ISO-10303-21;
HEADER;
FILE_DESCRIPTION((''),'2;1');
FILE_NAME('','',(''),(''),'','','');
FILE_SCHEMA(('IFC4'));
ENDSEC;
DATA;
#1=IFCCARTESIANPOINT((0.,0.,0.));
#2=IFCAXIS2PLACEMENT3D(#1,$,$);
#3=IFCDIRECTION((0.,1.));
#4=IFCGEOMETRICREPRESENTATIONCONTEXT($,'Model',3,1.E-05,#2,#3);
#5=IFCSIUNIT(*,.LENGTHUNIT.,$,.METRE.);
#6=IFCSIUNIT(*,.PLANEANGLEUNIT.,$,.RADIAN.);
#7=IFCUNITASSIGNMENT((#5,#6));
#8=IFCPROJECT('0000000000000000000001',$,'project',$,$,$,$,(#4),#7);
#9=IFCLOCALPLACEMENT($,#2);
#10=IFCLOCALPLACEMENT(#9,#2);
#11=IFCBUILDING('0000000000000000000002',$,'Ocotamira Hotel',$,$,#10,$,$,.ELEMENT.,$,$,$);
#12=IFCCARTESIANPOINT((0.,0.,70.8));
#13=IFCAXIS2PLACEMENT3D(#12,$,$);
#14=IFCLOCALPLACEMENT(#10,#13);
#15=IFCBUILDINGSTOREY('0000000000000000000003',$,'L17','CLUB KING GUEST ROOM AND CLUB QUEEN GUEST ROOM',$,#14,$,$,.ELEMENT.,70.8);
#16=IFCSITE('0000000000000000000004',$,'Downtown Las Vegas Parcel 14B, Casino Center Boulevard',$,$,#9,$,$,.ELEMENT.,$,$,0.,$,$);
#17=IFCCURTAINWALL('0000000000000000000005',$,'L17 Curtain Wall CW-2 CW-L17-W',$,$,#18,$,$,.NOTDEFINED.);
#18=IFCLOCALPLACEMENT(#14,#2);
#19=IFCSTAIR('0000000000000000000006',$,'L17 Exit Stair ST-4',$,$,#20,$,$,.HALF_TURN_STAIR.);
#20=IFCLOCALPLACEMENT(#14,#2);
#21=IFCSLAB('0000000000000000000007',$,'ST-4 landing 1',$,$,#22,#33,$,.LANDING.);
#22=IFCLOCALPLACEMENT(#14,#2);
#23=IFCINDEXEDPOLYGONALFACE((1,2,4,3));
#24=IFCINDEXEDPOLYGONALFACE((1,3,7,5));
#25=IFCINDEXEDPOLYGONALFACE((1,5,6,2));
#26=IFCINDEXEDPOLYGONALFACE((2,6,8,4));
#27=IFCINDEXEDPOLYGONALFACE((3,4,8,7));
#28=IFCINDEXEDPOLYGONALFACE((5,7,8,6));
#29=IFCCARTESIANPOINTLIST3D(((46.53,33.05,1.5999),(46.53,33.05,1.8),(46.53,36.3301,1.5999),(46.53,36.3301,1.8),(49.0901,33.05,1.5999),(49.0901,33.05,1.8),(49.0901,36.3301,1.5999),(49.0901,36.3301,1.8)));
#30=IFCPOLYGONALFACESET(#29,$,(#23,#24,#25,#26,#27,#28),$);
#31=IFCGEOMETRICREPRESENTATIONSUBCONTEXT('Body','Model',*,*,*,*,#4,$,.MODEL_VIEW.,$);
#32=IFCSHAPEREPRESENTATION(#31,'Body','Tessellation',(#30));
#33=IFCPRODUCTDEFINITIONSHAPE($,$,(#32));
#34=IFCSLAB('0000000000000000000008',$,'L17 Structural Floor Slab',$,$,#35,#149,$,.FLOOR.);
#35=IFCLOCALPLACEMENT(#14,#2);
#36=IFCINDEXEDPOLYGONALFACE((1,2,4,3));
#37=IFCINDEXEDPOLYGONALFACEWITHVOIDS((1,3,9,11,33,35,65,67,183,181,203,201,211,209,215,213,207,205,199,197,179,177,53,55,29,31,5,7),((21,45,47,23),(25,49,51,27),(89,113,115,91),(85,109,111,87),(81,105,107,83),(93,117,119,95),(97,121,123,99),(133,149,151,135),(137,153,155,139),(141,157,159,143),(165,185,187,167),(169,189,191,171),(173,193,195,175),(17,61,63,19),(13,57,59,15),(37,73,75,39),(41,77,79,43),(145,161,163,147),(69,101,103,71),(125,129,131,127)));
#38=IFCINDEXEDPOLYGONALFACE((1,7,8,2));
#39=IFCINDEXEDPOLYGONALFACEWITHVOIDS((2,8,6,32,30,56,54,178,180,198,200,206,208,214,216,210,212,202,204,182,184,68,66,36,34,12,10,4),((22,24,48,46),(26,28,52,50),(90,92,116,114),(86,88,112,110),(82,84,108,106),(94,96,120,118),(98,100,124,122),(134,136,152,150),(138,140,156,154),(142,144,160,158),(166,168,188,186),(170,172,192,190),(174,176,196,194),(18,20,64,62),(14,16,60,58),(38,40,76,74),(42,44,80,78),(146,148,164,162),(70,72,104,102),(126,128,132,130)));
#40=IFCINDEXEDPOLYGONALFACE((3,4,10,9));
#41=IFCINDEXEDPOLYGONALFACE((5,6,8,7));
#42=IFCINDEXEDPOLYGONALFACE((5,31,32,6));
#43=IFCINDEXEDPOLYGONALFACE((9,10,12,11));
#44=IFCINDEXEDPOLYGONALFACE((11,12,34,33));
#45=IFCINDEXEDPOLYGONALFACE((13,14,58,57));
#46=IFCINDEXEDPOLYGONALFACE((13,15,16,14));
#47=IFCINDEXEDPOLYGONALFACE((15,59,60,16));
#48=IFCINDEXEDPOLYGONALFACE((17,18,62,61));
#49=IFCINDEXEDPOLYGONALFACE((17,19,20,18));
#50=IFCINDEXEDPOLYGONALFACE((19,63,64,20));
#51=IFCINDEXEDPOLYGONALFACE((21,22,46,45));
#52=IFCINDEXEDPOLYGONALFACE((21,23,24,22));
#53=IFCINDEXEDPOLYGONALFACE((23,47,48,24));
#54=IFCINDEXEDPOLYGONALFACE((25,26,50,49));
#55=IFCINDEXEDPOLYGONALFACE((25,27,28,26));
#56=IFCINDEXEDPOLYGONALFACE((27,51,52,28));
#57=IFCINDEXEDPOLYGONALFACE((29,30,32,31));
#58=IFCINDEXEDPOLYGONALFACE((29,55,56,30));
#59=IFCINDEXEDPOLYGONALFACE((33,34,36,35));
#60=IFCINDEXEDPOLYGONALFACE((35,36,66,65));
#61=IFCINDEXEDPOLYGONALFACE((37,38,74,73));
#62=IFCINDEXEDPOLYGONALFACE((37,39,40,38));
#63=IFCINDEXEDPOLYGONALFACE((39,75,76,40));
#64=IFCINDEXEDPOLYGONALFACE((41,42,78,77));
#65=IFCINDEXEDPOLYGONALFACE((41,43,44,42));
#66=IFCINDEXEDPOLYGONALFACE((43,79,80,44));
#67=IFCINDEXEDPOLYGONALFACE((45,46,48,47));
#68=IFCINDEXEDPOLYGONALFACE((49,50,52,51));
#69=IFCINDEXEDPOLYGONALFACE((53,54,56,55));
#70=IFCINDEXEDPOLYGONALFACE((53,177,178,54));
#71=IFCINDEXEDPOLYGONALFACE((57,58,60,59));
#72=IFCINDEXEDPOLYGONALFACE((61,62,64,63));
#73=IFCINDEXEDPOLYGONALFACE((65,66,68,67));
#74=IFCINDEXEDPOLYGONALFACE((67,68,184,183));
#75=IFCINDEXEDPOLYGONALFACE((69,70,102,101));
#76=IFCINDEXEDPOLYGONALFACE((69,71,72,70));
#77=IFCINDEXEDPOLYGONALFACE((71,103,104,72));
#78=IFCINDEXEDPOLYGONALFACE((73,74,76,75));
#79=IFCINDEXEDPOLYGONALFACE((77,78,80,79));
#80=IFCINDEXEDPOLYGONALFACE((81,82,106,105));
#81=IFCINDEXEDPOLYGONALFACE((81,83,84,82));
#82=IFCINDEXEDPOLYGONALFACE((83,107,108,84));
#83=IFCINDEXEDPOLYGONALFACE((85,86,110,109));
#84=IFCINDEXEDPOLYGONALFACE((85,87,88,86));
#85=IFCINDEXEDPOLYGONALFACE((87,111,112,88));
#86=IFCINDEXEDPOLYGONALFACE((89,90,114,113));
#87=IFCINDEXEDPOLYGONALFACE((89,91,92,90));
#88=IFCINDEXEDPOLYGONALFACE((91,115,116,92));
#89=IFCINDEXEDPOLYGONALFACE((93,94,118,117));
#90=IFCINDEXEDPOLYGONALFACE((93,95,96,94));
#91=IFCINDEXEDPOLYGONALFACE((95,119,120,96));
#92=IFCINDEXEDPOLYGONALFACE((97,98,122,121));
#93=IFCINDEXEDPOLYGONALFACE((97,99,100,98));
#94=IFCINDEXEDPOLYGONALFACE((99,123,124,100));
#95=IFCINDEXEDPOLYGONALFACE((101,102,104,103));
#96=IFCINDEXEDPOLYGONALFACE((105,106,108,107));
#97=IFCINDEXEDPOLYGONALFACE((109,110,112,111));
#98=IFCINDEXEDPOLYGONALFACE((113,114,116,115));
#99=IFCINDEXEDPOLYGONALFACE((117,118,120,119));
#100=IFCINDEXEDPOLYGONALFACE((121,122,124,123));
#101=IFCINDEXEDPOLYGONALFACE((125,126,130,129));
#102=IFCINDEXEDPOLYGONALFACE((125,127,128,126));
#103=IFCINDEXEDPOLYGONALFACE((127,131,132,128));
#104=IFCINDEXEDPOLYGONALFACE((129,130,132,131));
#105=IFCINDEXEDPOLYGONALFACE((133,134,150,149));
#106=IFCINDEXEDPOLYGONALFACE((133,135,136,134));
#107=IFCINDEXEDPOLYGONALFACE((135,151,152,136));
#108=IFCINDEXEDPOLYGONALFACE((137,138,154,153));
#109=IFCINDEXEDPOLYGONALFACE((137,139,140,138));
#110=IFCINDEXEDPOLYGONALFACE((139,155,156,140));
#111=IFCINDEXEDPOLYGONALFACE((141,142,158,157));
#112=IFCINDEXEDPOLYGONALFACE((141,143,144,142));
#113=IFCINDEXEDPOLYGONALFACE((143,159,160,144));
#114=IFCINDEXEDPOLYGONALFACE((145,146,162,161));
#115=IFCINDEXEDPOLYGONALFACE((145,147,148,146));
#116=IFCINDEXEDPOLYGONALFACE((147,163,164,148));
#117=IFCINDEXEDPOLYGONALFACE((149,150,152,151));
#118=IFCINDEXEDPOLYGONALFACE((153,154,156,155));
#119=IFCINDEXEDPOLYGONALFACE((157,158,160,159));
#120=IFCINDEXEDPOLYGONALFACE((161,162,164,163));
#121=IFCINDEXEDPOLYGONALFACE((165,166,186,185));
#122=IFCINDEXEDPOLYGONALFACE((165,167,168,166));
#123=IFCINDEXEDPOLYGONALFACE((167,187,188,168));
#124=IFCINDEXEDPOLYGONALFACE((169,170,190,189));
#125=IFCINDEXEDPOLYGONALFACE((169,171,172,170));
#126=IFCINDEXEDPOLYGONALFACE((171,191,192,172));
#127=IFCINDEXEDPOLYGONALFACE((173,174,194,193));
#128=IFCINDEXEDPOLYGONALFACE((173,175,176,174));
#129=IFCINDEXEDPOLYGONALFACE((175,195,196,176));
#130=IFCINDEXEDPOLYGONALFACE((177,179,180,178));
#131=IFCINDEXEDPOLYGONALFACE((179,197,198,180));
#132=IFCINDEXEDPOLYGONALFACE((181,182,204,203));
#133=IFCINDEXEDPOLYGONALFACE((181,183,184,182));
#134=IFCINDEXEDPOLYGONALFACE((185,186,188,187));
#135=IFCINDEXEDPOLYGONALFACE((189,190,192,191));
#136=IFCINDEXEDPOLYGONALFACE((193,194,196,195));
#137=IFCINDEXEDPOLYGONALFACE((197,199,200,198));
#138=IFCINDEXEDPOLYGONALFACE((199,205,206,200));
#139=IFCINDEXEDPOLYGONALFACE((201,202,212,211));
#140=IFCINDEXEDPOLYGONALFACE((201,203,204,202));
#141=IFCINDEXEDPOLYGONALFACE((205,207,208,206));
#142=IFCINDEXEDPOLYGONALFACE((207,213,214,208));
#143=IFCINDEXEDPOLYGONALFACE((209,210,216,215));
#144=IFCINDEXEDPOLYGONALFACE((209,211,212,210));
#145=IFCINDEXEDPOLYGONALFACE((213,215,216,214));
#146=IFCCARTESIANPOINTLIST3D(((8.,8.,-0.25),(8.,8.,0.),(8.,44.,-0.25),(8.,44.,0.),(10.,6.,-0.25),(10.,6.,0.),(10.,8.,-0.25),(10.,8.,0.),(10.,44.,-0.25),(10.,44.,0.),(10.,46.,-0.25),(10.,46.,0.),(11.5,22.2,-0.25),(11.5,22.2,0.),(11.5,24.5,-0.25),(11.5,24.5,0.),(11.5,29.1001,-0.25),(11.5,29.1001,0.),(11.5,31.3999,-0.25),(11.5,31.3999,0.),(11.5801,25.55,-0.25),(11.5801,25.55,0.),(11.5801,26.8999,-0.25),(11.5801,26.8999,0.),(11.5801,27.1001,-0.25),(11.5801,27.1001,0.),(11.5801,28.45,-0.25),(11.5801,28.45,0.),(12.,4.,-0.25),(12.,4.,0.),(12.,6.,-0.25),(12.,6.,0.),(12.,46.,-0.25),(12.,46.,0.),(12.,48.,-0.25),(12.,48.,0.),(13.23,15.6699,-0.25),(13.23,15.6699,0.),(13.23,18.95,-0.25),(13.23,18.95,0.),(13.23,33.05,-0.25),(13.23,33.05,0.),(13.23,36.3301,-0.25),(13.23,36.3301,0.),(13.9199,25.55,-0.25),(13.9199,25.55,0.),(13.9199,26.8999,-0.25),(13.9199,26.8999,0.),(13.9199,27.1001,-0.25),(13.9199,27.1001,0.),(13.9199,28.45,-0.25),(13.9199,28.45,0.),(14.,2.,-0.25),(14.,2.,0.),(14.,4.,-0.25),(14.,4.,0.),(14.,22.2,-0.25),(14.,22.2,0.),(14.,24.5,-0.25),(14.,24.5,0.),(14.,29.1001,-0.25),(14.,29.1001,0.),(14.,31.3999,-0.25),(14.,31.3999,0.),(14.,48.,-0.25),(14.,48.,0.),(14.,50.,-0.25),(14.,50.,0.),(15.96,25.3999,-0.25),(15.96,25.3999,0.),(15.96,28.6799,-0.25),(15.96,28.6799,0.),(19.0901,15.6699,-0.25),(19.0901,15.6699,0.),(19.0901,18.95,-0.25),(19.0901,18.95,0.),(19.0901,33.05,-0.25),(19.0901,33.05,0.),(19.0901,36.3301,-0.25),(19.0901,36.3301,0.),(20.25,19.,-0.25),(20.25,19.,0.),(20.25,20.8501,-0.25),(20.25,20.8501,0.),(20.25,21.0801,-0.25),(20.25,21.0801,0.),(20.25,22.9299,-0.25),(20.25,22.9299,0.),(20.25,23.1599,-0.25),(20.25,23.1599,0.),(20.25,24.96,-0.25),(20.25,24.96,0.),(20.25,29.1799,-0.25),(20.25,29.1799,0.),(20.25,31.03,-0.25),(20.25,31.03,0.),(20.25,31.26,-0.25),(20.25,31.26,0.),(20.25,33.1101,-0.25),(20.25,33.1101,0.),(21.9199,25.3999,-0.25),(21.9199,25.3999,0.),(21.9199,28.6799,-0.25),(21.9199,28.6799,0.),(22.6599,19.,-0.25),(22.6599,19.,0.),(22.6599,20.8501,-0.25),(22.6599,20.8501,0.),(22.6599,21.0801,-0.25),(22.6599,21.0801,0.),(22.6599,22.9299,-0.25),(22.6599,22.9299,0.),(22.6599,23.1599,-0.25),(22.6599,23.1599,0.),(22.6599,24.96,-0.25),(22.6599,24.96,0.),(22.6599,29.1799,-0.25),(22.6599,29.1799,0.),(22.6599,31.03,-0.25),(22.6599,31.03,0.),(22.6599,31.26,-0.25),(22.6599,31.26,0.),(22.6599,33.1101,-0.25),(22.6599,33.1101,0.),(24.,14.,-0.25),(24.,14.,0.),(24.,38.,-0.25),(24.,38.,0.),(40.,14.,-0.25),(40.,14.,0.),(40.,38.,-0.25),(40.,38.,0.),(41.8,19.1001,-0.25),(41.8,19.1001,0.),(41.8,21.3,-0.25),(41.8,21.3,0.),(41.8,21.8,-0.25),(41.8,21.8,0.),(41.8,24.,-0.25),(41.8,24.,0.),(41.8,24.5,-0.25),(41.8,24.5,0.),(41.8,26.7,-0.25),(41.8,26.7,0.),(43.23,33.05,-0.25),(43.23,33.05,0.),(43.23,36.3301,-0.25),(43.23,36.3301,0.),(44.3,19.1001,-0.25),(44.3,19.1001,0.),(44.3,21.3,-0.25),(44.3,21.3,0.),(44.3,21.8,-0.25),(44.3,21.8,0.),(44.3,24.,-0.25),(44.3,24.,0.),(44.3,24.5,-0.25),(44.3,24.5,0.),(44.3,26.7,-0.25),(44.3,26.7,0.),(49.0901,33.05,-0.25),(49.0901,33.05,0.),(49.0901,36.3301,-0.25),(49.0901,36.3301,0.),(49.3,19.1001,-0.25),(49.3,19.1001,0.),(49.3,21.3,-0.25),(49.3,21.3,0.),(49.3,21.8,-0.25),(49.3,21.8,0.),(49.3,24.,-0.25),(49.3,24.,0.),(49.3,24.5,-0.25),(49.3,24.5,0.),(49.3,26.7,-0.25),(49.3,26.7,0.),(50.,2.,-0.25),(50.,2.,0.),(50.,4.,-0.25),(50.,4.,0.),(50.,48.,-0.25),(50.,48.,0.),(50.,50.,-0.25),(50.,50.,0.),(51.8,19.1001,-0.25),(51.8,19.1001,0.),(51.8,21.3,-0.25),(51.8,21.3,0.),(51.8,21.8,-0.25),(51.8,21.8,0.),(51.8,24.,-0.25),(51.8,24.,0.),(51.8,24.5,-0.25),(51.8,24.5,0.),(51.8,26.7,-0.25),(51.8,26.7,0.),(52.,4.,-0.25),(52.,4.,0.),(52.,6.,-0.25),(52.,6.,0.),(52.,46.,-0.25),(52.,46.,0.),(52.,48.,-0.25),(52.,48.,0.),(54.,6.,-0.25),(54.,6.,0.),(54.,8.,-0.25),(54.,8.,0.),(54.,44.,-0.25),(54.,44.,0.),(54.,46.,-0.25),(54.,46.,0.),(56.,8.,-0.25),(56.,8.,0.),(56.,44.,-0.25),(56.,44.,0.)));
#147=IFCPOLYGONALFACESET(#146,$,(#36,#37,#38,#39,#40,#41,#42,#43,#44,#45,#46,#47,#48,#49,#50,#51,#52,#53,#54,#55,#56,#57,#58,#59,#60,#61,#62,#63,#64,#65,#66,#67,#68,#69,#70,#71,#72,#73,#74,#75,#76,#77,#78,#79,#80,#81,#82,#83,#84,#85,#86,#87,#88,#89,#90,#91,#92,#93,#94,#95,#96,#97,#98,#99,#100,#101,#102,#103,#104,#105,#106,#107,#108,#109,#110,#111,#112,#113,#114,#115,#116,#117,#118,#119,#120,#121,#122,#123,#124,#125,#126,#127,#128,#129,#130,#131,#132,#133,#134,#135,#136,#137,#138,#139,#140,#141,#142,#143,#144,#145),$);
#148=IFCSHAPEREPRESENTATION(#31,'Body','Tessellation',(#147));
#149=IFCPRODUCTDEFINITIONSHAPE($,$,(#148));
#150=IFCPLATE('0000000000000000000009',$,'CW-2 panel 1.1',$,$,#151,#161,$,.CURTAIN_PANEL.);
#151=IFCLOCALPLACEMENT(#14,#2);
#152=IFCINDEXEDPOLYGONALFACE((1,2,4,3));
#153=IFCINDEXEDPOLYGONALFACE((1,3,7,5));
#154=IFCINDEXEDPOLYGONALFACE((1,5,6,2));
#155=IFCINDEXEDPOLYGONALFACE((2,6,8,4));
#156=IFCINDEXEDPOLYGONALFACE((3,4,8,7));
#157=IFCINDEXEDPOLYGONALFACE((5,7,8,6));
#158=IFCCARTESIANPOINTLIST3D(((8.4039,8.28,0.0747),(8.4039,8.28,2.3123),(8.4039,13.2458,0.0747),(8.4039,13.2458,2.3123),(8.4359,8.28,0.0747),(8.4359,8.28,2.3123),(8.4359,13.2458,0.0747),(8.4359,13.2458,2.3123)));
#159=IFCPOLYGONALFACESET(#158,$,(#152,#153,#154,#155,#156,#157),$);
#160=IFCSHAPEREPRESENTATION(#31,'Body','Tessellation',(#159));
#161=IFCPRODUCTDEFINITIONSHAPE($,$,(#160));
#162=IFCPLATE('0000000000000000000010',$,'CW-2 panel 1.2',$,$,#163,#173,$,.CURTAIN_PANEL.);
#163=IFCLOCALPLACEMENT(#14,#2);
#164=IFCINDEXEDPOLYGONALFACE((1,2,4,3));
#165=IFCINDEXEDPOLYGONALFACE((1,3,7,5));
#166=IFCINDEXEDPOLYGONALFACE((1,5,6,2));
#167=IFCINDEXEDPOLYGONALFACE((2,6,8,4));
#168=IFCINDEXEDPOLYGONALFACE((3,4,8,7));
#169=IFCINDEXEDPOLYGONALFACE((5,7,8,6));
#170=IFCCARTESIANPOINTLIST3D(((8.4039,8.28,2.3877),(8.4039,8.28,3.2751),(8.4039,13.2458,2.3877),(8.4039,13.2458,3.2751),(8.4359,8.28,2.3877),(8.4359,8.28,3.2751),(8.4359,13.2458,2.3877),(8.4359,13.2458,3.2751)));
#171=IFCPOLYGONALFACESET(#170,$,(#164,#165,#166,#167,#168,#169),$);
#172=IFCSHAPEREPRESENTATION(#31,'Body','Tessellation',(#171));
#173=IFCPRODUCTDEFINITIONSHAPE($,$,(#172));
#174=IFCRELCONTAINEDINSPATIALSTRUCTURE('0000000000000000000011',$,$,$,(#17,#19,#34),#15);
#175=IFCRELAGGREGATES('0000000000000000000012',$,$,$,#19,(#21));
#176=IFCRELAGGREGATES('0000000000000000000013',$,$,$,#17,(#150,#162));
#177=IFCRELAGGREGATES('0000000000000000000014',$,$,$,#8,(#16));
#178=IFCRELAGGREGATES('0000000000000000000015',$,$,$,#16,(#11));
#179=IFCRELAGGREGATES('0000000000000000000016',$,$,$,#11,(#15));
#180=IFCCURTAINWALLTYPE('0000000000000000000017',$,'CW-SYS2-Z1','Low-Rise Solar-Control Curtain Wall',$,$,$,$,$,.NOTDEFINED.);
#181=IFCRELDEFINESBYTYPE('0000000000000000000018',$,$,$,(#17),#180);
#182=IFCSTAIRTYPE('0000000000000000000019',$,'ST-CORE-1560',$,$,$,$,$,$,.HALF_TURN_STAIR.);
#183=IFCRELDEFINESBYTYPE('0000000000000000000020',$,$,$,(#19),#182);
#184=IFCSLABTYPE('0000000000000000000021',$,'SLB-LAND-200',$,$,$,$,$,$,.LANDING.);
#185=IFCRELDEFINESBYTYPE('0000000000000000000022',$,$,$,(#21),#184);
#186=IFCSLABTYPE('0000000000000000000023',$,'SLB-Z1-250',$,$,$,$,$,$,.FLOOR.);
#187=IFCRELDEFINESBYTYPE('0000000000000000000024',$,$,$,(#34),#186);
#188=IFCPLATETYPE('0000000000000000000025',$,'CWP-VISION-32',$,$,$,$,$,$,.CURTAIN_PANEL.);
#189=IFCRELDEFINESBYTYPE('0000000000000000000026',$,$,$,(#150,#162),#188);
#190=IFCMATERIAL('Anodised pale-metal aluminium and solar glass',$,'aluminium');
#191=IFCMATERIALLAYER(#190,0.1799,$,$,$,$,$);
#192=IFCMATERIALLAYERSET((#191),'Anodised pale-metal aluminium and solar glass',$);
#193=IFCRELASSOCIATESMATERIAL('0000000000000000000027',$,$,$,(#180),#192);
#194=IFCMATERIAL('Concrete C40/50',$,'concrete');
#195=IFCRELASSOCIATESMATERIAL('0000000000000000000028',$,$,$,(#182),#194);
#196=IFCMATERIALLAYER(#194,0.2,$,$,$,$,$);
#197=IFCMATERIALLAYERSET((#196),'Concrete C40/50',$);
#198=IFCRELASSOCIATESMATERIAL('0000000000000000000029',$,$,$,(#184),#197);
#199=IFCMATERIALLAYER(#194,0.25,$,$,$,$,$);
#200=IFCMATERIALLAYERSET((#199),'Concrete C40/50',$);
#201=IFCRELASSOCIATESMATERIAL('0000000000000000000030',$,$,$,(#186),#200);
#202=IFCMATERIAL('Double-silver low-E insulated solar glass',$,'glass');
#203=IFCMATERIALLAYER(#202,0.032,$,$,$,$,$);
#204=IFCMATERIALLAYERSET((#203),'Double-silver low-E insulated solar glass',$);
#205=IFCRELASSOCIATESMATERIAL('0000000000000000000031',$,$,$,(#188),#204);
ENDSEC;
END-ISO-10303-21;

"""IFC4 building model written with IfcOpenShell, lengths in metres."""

from ifc_helpers import new_model, si_unit, direction, frame, origin, origin_2d, place, context, subcontext, project, spatial, polyline, rectangle, outline, extrude, source, transform, mapped, material, layer, layer_set, type_object, element, aggregate, save


model = new_model("IFC4")

# Units and contexts
model_context = context("Model", 3, precision=1e-05, world=origin(), true_north=direction((0.0, 1.0)))
body_context = subcontext(model_context, "Body", "Model", "MODEL_VIEW")
ifc_project = project(units=[si_unit("LENGTHUNIT", "METRE"), si_unit("PLANEANGLEUNIT", "RADIAN")], contexts=[model_context])

# Site, building, storey
site_placement = place(None, origin())
site = spatial("IfcSite", under=ifc_project, at=site_placement, Name="Downtown Las Vegas Parcel 14B, Casino Center Boulevard", CompositionType="ELEMENT", RefElevation=0.0)
building_placement = place(site_placement, origin())
building = spatial("IfcBuilding", under=site, at=building_placement, Name="Ocotamira Hotel", CompositionType="ELEMENT")
storey_placement = place(building_placement, frame((0.0, 0.0, 70.8)))
storey = spatial("IfcBuildingStorey", under=building, at=storey_placement, Name="L17", Description="CLUB KING GUEST ROOM AND CLUB QUEEN GUEST ROOM", CompositionType="ELEMENT", Elevation=70.8)

# Curtain wall
ifc_material_1 = material(Name="Anodised pale-metal aluminium and solar glass", Category="aluminium")
ifc_layer_1 = layer(ifc_material_1, 0.1799)
ifc_layer_set_1 = layer_set([ifc_layer_1], Name="Anodised pale-metal aluminium and solar glass")
curtain_wall_type = type_object("IfcCurtainWallType", Name="CW-SYS2-Z1", Description="Low-Rise Solar-Control Curtain Wall", PredefinedType="NOTDEFINED", material=ifc_layer_set_1)
curtain_wall_1_placement = place(storey_placement, origin())
curtain_wall_1 = element("IfcCurtainWall", 1, at=curtain_wall_1_placement, inside=storey, type_object=curtain_wall_type, Name="L17 Curtain Wall CW-2 CW-L17-W", PredefinedType="NOTDEFINED")

# Stair, slab
ifc_material_2 = material(Name="Concrete C40/50", Category="concrete")
stair_type = type_object("IfcStairType", Name="ST-CORE-1560", PredefinedType="HALF_TURN_STAIR", material=ifc_material_2)
ifc_layer_2 = layer(ifc_material_2, 0.2)
ifc_layer_set_2 = layer_set([ifc_layer_2], Name="Concrete C40/50")
slab_type_1 = type_object("IfcSlabType", Name="SLB-LAND-200", PredefinedType="LANDING", material=ifc_layer_set_2)
stair_1_placement = place(storey_placement, origin())
stair_1 = element("IfcStair", 2, at=stair_1_placement, inside=storey, type_object=stair_type, Name="L17 Exit Stair ST-4", PredefinedType="HALF_TURN_STAIR")
slab_1_placement = place(storey_placement, frame((0.0, 0.0, 1.5999)))
slab_1 = element("IfcSlab", 3, at=slab_1_placement, type_object=slab_type_1, Name="ST-4 landing 1", PredefinedType="LANDING", context=body_context, shape_type="SweptSolid", body=[
    extrude(outline(polyline([(46.53, 33.05), (49.0901, 33.05), (49.0901, 36.3301), (46.53, 36.3301), (46.53, 33.05)])), origin(), (0.0, 0.0, 1.0), 0.2002),
])
aggregate(stair_1, [slab_1])

# Slab
ifc_layer_3 = layer(ifc_material_2, 0.25)
ifc_layer_set_3 = layer_set([ifc_layer_3], Name="Concrete C40/50")
slab_type_2 = type_object("IfcSlabType", Name="SLB-Z1-250", PredefinedType="FLOOR", material=ifc_layer_set_3)
slab_2_placement = place(storey_placement, frame((0.0, 0.0, -0.25)))
element("IfcSlab", 4, at=slab_2_placement, inside=storey, type_object=slab_type_2, Name="L17 Structural Floor Slab", PredefinedType="FLOOR", context=body_context, shape_type="SweptSolid", body=[
    extrude(outline(polyline([(14.0, 2.0), (50.0, 2.0), (50.0, 4.0), (52.0, 4.0), (52.0, 6.0), (54.0, 6.0), (54.0, 8.0), (56.0, 8.0), (56.0, 44.0), (54.0, 44.0), (54.0, 46.0), (52.0, 46.0), (52.0, 48.0), (50.0, 48.0), (50.0, 50.0), (14.0, 50.0), (14.0, 48.0), (12.0, 48.0), (12.0, 46.0), (10.0, 46.0), (10.0, 44.0), (8.0, 44.0), (8.0, 8.0), (10.0, 8.0), (10.0, 6.0), (12.0, 6.0), (12.0, 4.0), (14.0, 4.0), (14.0, 2.0)]), holes=[polyline([(24.0, 14.0), (40.0, 14.0), (40.0, 38.0), (24.0, 38.0), (24.0, 14.0)]), polyline([(13.23, 15.6699), (19.0901, 15.6699), (19.0901, 18.95), (13.23, 18.95), (13.23, 15.6699)]), polyline([(13.23, 33.05), (19.0901, 33.05), (19.0901, 36.3301), (13.23, 36.3301), (13.23, 33.05)]), polyline([(15.96, 25.3999), (21.9199, 25.3999), (21.9199, 28.6799), (15.96, 28.6799), (15.96, 25.3999)]), polyline([(43.23, 33.05), (49.0901, 33.05), (49.0901, 36.3301), (43.23, 36.3301), (43.23, 33.05)]), polyline([(49.3, 19.1001), (51.8, 19.1001), (51.8, 21.3), (49.3, 21.3), (49.3, 19.1001)]), polyline([(49.3, 21.8), (51.8, 21.8), (51.8, 24.0), (49.3, 24.0), (49.3, 21.8)]), polyline([(49.3, 24.5), (51.8, 24.5), (51.8, 26.7), (49.3, 26.7), (49.3, 24.5)]), polyline([(41.8, 19.1001), (44.3, 19.1001), (44.3, 21.3), (41.8, 21.3), (41.8, 19.1001)]), polyline([(41.8, 21.8), (44.3, 21.8), (44.3, 24.0), (41.8, 24.0), (41.8, 21.8)]), polyline([(41.8, 24.5), (44.3, 24.5), (44.3, 26.7), (41.8, 26.7), (41.8, 24.5)]), polyline([(20.25, 19.0), (22.6599, 19.0), (22.6599, 20.8501), (20.25, 20.8501), (20.25, 19.0)]), polyline([(20.25, 21.0801), (22.6599, 21.0801), (22.6599, 22.9299), (20.25, 22.9299), (20.25, 21.0801)]), polyline([(20.25, 23.1599), (22.6599, 23.1599), (22.6599, 24.96), (20.25, 24.96), (20.25, 23.1599)]), polyline([(20.25, 29.1799), (22.6599, 29.1799), (22.6599, 31.03), (20.25, 31.03), (20.25, 29.1799)]), polyline([(20.25, 31.26), (22.6599, 31.26), (22.6599, 33.1101), (20.25, 33.1101), (20.25, 31.26)]), polyline([(11.5, 22.2), (14.0, 22.2), (14.0, 24.5), (11.5, 24.5), (11.5, 22.2)]), polyline([(11.5, 29.1001), (14.0, 29.1001), (14.0, 31.3999), (11.5, 31.3999), (11.5, 29.1001)]), polyline([(11.5801, 25.55), (13.9199, 25.55), (13.9199, 26.8999), (11.5801, 26.8999), (11.5801, 25.55)]), polyline([(11.5801, 27.1001), (13.9199, 27.1001), (13.9199, 28.45), (11.5801, 28.45), (11.5801, 27.1001)])]), origin(), (0.0, 0.0, 1.0), 0.25),
])

# Plates
ifc_material_3 = material(Name="Double-silver low-E insulated solar glass", Category="glass")
ifc_layer_4 = layer(ifc_material_3, 0.032)
ifc_layer_set_4 = layer_set([ifc_layer_4], Name="Double-silver low-E insulated solar glass")
plate_type = type_object("IfcPlateType", Name="CWP-VISION-32", PredefinedType="CURTAIN_PANEL", material=ifc_layer_set_4)
shared_shape_1 = source(origin(), body_context, "Body", "SweptSolid", [
    extrude(rectangle(XDim=4.9658, YDim=0.032, at=origin_2d()), origin(), (0.0, 0.0, 1.0), 2.2375),
])
plate_1_placement = place(storey_placement, frame((8.4199, 10.7629, 0.0747), z_axis=(0.0, 0.0, 1.0), x_axis=(0.0, 1.0, 0.0)))
plate_1 = element("IfcPlate", 5, at=plate_1_placement, type_object=plate_type, Name="CW-2 panel 1.1", PredefinedType="CURTAIN_PANEL", context=body_context, shape_type="MappedRepresentation", body=[
    mapped(shared_shape_1, transform((0.0, 0.0, 0.0), scale=1.0)),
])
shared_shape_2 = source(origin(), body_context, "Body", "SweptSolid", [
    extrude(rectangle(XDim=4.9658, YDim=0.032, at=origin_2d()), origin(), (0.0, 0.0, 1.0), 0.8875),
])
plate_2_placement = place(storey_placement, frame((8.4199, 10.7629, 2.3877), z_axis=(0.0, 0.0, 1.0), x_axis=(0.0, 1.0, 0.0)))
plate_2 = element("IfcPlate", 6, at=plate_2_placement, type_object=plate_type, Name="CW-2 panel 1.2", PredefinedType="CURTAIN_PANEL", context=body_context, shape_type="MappedRepresentation", body=[
    mapped(shared_shape_2, transform((0.0, 0.0, 0.0), scale=1.0)),
])
aggregate(curtain_wall_1, [plate_1, plate_2])

save(model, "model.ifc")
